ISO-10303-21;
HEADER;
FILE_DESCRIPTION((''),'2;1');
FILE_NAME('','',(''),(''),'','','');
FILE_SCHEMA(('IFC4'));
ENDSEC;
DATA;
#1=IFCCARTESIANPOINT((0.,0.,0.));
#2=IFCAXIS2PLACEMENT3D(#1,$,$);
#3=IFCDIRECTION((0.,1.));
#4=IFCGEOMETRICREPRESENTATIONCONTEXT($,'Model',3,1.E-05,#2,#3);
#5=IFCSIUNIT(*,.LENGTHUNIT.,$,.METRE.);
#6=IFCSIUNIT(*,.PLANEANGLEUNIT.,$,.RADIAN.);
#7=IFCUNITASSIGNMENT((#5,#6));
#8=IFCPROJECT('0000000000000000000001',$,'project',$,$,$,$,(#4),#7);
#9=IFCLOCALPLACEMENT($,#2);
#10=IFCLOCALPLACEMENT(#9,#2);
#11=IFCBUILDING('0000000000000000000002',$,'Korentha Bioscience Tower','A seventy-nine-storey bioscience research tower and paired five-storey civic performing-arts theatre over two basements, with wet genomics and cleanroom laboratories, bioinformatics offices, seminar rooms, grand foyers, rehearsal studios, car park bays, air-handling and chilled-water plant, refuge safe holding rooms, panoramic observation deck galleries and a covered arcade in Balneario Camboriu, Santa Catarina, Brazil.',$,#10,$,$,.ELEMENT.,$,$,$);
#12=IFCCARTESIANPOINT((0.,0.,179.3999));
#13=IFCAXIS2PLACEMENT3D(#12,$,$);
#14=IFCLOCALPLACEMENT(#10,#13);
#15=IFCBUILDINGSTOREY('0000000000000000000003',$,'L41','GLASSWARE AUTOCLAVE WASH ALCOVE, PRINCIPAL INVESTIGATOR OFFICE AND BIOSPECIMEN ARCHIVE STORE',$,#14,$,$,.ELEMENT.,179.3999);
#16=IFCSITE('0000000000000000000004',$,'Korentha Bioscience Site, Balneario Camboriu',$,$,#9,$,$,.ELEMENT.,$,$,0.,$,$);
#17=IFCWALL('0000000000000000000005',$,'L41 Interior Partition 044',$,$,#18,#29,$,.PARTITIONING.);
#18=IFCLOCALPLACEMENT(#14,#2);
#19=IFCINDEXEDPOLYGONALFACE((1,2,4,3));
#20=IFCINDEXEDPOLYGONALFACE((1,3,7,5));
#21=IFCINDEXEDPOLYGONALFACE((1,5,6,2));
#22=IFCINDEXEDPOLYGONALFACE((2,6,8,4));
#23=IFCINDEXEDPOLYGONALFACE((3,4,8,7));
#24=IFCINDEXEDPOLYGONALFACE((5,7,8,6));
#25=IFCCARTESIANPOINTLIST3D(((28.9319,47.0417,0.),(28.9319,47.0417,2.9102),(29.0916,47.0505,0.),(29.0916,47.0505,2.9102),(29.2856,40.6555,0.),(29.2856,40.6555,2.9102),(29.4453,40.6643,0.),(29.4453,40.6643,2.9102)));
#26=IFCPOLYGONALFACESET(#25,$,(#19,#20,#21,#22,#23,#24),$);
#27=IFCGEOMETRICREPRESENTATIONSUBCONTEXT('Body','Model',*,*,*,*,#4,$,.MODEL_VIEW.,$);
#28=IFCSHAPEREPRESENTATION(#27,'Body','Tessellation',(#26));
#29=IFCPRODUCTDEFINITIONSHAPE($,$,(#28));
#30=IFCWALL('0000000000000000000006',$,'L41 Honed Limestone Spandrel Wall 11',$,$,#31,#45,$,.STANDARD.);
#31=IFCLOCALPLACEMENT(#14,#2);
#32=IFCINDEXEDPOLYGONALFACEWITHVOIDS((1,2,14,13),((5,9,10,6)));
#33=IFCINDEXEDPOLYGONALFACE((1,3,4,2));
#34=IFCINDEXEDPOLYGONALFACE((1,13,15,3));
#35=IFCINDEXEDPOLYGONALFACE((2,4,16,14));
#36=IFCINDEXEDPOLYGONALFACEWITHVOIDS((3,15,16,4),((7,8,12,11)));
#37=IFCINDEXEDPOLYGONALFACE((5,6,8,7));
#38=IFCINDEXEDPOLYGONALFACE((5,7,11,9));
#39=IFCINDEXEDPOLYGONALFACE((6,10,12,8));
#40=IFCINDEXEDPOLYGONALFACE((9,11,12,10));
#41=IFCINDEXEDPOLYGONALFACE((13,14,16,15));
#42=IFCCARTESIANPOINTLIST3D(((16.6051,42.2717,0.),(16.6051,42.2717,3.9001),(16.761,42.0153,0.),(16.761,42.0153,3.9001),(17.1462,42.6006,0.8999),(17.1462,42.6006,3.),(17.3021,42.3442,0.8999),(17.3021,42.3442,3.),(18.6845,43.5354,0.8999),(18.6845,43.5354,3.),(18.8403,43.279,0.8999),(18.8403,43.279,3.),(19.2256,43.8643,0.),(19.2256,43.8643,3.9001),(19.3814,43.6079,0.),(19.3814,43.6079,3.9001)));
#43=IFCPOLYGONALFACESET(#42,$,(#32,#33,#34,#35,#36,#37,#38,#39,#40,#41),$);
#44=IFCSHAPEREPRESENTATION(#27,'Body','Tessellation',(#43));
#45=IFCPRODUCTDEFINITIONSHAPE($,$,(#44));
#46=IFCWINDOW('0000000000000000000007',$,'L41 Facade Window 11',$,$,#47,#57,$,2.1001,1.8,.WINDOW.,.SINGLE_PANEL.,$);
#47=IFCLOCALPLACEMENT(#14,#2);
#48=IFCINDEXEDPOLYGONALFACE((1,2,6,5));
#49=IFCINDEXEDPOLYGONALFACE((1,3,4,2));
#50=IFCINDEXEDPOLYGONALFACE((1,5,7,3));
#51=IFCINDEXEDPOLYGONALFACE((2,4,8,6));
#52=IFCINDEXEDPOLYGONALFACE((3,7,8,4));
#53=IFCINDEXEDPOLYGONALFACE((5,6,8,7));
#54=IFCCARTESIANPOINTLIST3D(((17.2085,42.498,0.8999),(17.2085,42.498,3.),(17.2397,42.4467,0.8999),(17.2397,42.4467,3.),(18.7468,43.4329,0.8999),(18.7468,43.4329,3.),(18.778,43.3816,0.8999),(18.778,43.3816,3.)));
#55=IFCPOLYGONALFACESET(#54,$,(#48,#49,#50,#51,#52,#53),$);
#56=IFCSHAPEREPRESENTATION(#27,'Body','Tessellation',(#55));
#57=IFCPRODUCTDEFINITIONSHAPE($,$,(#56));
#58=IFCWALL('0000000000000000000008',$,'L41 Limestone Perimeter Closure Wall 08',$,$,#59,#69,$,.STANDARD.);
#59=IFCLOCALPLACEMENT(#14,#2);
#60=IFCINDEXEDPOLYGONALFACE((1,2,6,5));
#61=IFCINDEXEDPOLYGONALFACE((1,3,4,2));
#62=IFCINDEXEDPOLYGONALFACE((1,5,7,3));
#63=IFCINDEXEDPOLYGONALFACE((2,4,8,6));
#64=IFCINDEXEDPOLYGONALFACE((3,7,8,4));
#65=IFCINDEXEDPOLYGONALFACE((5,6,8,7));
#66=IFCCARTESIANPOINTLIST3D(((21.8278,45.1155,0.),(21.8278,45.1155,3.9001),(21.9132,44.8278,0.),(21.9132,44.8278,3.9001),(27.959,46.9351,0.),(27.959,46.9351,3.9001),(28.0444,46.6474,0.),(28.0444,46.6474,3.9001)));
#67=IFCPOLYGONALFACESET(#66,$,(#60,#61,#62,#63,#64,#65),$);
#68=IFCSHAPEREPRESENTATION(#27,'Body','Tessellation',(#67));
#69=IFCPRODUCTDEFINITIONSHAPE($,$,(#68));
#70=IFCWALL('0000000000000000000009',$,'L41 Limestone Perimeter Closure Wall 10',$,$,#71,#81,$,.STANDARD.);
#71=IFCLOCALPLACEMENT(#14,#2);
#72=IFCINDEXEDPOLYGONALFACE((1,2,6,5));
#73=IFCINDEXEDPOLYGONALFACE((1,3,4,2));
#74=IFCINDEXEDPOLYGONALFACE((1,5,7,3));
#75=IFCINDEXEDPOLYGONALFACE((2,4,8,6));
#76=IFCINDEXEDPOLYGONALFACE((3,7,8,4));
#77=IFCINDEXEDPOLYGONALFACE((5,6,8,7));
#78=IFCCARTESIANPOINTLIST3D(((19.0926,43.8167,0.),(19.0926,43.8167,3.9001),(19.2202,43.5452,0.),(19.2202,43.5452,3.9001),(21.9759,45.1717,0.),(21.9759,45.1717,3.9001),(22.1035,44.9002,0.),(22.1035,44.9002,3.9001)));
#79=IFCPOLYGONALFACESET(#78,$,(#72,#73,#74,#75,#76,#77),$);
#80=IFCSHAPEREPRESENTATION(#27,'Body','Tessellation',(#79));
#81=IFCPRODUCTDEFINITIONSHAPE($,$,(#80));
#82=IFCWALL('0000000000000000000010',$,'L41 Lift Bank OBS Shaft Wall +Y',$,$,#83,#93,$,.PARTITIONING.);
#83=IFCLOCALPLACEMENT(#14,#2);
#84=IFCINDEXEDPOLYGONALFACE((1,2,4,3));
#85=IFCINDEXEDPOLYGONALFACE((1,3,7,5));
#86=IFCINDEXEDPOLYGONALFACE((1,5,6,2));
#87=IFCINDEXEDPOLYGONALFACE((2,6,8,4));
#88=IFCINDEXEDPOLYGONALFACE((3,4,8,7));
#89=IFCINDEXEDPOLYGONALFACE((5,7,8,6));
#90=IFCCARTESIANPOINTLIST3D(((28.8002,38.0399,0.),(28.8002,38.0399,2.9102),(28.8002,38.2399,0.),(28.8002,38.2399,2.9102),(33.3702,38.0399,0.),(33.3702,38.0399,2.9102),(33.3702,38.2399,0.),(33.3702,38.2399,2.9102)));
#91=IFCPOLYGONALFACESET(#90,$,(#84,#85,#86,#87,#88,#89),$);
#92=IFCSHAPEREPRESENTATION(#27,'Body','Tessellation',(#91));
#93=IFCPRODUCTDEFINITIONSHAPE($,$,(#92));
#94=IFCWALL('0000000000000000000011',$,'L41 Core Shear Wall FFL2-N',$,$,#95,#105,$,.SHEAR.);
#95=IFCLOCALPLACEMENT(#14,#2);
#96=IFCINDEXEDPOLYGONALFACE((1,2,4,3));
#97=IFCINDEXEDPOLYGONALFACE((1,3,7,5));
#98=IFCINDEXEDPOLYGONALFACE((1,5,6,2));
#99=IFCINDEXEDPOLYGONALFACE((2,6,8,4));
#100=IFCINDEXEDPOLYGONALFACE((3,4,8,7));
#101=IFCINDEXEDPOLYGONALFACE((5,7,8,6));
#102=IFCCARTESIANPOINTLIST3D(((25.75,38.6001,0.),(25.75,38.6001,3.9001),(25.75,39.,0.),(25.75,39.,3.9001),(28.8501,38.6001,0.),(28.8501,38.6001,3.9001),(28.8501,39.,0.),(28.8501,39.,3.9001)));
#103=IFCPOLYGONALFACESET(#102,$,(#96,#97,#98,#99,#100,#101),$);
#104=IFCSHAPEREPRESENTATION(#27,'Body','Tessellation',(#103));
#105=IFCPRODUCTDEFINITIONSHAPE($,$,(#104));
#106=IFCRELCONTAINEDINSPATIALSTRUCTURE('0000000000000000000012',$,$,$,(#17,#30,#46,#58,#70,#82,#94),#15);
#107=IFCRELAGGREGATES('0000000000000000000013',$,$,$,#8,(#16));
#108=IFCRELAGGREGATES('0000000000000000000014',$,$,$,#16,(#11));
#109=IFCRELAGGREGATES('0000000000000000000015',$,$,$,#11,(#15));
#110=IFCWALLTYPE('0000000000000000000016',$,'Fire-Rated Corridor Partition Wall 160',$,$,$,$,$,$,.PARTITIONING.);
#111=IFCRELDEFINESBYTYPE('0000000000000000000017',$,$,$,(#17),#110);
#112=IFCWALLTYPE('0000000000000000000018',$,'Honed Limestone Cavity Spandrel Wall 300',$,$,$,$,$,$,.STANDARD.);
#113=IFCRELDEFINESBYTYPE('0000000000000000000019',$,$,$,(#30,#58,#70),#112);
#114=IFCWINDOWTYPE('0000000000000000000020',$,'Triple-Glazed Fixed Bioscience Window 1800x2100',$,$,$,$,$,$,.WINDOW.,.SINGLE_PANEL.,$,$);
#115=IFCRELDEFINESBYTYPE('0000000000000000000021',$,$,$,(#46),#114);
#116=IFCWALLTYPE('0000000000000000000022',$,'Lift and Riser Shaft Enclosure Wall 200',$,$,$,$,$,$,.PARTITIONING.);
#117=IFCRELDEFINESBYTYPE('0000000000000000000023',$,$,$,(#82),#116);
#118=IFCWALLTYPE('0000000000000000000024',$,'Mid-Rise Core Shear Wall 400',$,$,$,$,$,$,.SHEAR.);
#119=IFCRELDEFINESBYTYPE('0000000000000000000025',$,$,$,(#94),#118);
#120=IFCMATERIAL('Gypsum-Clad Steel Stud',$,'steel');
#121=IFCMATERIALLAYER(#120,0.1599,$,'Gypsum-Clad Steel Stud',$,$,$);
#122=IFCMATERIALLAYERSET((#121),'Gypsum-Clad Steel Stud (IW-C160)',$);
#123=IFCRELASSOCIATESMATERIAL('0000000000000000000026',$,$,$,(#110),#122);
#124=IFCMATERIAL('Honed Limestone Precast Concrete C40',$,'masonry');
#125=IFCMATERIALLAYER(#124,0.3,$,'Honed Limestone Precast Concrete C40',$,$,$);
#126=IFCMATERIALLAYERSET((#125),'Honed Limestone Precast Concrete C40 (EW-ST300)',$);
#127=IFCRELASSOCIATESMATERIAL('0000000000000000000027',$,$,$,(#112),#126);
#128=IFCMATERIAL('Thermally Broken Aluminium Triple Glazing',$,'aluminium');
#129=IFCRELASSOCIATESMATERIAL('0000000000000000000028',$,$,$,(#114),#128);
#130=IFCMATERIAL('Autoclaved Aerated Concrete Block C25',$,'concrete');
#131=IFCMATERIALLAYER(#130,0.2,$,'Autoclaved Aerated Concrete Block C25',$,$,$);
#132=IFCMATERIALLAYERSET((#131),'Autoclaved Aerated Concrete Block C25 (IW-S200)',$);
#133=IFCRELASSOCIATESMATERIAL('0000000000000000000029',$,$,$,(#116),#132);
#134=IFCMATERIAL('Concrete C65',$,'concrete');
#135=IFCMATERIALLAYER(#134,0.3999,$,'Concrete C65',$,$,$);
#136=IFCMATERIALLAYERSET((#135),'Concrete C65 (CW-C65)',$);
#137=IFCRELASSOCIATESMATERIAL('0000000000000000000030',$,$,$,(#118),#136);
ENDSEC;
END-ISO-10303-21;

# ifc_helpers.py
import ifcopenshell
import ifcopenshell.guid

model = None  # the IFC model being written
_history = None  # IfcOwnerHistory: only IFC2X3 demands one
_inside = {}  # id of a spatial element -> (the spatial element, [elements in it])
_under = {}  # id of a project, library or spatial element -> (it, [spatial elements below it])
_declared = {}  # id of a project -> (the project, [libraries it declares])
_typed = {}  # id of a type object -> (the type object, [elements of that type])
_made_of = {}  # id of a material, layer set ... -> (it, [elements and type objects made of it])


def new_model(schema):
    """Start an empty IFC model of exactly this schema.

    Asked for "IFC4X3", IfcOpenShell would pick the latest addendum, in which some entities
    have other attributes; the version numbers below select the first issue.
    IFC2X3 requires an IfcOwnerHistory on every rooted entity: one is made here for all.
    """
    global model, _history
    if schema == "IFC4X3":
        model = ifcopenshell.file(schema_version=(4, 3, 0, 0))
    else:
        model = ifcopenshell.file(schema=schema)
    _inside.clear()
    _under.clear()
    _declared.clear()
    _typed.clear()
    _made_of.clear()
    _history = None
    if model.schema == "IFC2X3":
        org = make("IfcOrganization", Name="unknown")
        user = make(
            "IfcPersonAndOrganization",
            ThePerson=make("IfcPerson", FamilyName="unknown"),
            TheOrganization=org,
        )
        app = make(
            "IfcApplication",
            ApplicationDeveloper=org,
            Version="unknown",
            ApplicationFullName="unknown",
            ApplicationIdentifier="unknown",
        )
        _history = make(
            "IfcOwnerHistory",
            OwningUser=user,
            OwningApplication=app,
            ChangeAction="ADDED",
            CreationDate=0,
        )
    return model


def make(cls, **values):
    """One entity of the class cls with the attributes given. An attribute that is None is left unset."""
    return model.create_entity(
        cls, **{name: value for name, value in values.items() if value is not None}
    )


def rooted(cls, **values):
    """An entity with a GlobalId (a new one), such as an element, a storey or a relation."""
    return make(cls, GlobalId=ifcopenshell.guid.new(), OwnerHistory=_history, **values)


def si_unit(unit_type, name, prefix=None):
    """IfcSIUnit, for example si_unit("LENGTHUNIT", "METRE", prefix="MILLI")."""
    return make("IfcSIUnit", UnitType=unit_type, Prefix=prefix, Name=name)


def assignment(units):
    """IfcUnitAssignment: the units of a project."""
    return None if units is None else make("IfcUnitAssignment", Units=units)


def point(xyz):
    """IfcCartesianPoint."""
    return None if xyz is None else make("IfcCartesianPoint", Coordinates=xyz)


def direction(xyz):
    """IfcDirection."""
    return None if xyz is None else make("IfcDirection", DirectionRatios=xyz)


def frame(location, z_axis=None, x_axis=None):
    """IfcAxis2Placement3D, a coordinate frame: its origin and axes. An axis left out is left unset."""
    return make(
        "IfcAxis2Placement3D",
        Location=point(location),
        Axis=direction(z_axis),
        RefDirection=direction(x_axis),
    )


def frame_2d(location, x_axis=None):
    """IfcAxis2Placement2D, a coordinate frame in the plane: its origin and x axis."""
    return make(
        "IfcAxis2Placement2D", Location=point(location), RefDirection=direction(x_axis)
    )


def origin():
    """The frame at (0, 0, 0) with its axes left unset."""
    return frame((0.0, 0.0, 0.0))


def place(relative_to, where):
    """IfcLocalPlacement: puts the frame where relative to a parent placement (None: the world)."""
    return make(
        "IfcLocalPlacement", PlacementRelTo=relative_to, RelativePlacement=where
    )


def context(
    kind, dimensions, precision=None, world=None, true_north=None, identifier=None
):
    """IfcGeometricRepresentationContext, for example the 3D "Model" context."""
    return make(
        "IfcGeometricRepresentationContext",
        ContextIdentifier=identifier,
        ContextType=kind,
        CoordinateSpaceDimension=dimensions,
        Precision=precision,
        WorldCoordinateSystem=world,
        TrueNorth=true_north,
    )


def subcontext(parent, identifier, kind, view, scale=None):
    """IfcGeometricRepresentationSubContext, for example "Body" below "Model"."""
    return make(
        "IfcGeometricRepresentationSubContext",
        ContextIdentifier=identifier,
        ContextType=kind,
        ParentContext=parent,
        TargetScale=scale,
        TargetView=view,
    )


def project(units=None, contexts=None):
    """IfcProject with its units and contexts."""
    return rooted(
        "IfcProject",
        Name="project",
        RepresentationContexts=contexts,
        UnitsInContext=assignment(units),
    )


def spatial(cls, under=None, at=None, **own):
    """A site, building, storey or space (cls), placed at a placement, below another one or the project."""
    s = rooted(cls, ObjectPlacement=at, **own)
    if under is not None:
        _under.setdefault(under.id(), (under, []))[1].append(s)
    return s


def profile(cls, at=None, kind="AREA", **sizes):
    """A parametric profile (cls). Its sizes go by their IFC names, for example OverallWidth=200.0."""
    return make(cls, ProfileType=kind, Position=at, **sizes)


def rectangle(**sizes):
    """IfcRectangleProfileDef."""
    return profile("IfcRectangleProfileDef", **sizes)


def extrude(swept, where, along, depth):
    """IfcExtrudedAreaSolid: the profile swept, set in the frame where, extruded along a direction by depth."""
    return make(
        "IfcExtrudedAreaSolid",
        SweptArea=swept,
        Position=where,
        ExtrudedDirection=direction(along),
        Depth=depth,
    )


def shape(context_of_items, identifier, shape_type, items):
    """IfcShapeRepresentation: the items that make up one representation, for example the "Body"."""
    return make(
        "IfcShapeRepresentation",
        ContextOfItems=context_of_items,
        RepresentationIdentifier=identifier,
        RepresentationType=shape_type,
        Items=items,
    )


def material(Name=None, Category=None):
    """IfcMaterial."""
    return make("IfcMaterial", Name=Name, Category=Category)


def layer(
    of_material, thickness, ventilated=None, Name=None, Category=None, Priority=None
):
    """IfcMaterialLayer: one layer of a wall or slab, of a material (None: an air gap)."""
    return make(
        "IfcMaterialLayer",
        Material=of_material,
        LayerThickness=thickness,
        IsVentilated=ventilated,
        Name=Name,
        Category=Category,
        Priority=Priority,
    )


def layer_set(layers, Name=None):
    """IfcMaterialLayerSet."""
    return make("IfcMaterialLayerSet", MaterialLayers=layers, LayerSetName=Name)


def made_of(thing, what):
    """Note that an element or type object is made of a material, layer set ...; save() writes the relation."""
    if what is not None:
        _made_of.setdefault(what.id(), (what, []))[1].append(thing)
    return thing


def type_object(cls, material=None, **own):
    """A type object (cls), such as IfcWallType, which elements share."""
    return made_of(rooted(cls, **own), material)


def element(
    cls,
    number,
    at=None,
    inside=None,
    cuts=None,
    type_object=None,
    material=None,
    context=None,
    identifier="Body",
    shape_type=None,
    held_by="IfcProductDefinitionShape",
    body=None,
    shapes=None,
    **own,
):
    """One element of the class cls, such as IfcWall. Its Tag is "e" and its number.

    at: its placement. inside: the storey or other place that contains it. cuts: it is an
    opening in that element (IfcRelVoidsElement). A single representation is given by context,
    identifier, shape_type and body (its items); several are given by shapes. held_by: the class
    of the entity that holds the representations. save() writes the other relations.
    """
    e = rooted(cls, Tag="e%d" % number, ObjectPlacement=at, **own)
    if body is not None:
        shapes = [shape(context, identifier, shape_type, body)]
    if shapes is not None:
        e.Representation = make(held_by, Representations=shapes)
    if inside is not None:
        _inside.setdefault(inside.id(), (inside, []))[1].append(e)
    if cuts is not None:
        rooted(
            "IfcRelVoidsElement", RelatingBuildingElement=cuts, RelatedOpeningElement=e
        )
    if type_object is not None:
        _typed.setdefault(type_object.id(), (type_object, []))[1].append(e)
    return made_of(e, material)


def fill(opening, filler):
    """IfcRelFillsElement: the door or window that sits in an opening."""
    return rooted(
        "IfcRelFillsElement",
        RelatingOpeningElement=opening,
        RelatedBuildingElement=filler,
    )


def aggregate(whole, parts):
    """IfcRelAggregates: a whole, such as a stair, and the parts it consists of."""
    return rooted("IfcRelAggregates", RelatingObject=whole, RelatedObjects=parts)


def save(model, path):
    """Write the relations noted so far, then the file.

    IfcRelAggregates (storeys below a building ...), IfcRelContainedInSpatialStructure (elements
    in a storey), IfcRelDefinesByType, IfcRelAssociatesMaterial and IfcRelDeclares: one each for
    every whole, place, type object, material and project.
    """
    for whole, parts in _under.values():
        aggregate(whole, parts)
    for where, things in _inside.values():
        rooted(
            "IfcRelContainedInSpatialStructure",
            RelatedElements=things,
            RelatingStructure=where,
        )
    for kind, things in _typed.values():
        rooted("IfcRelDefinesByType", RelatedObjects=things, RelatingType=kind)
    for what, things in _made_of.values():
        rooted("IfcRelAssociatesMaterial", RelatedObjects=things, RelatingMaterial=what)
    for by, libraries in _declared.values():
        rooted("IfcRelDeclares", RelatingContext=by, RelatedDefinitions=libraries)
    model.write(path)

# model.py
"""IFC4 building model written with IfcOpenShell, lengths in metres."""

from ifc_helpers import new_model, si_unit, direction, frame, frame_2d, origin, place, context, subcontext, project, spatial, rectangle, extrude, material, layer, layer_set, type_object, element, fill, save


model = new_model("IFC4")

# Units and contexts
model_context = context("Model", 3, precision=1e-05, world=origin(), true_north=direction((0.0, 1.0)))
body_context = subcontext(model_context, "Body", "Model", "MODEL_VIEW")
ifc_project = project(units=[si_unit("LENGTHUNIT", "METRE"), si_unit("PLANEANGLEUNIT", "RADIAN")], contexts=[model_context])

# Site, building, storey
site_placement = place(None, origin())
site = spatial("IfcSite", under=ifc_project, at=site_placement, Name="Korentha Bioscience Site, Balneario Camboriu", CompositionType="ELEMENT", RefElevation=0.0)
building_placement = place(site_placement, origin())
building = spatial("IfcBuilding", under=site, at=building_placement, Name="Korentha Bioscience Tower", Description="A seventy-nine-storey bioscience research tower and paired five-storey civic performing-arts theatre over two basements, with wet genomics and cleanroom laboratories, bioinformatics offices, seminar rooms, grand foyers, rehearsal studios, car park bays, air-handling and chilled-water plant, refuge safe holding rooms, panoramic observation deck galleries and a covered arcade in Balneario Camboriu, Santa Catarina, Brazil.", CompositionType="ELEMENT")
storey_placement = place(building_placement, frame((0.0, 0.0, 179.3999)))
storey = spatial("IfcBuildingStorey", under=building, at=storey_placement, Name="L41", Description="GLASSWARE AUTOCLAVE WASH ALCOVE, PRINCIPAL INVESTIGATOR OFFICE AND BIOSPECIMEN ARCHIVE STORE", CompositionType="ELEMENT", Elevation=179.3999)

# Shared definitions
ifc_material_1 = material(Name="Concrete C65", Category="concrete")

# Wall
ifc_material_2 = material(Name="Gypsum-Clad Steel Stud", Category="steel")
ifc_layer_1 = layer(ifc_material_2, 0.1599, Name="Gypsum-Clad Steel Stud")
ifc_layer_set_1 = layer_set([ifc_layer_1], Name="Gypsum-Clad Steel Stud (IW-C160)")
wall_type_1 = type_object("IfcWallType", Name="Fire-Rated Corridor Partition Wall 160", PredefinedType="PARTITIONING", material=ifc_layer_set_1)
wall_1_placement = place(storey_placement, frame((29.3655, 40.6599, 0.0), z_axis=(0.0, 0.0, 1.0), x_axis=(-0.055309, 0.998469, 0.0)))
element("IfcWall", 1, at=wall_1_placement, inside=storey, type_object=wall_type_1, Name="L41 Interior Partition 044", PredefinedType="PARTITIONING", context=body_context, shape_type="SweptSolid", body=[
    extrude(rectangle(XDim=6.396, YDim=0.1599, at=frame_2d((3.198, 0.0))), origin(), (0.0, 0.0, 1.0), 2.9102),
])

# Wall, opening, window
ifc_material_3 = material(Name="Honed Limestone Precast Concrete C40", Category="masonry")
ifc_layer_2 = layer(ifc_material_3, 0.3, Name="Honed Limestone Precast Concrete C40")
ifc_layer_set_2 = layer_set([ifc_layer_2], Name="Honed Limestone Precast Concrete C40 (EW-ST300)")
wall_type_2 = type_object("IfcWallType", Name="Honed Limestone Cavity Spandrel Wall 300", PredefinedType="STANDARD", material=ifc_layer_set_2)
wall_2_placement = place(storey_placement, frame((19.3035, 43.7361, 0.0), z_axis=(0.0, 0.0, 1.0), x_axis=(-0.854557, -0.519358, 0.0)))
wall_2 = element("IfcWall", 2, at=wall_2_placement, inside=storey, type_object=wall_type_2, Name="L41 Honed Limestone Spandrel Wall 11", PredefinedType="STANDARD", context=body_context, shape_type="SweptSolid", body=[
    extrude(rectangle(XDim=3.0664, YDim=0.3, at=frame_2d((1.5332, 0.0))), origin(), (0.0, 0.0, 1.0), 3.9001),
])
opening_1_placement = place(wall_2_placement, frame((0.6333, 0.0, 0.8999)))
opening_1 = element("IfcOpeningElement", 3, at=opening_1_placement, cuts=wall_2, PredefinedType="OPENING", context=body_context, shape_type="SweptSolid", body=[
    extrude(rectangle(XDim=1.8, YDim=2.1001, at=frame_2d((0.8999, 1.05))), frame((0.0, 0.165, 0.0), z_axis=(0.0, -1.0, 0.0), x_axis=(1.0, 0.0, 0.0)), (0.0, 0.0, 1.0), 0.3298),
])
ifc_material_4 = material(Name="Thermally Broken Aluminium Triple Glazing", Category="aluminium")
window_type = type_object("IfcWindowType", Name="Triple-Glazed Fixed Bioscience Window 1800x2100", PartitioningType="SINGLE_PANEL", PredefinedType="WINDOW", material=ifc_material_4)
window_placement = place(opening_1_placement, origin())
window = element("IfcWindow", 4, at=window_placement, inside=storey, type_object=window_type, Name="L41 Facade Window 11", OverallHeight=2.1001, OverallWidth=1.8, PartitioningType="SINGLE_PANEL", PredefinedType="WINDOW", context=body_context, shape_type="SweptSolid", body=[
    extrude(rectangle(XDim=1.8, YDim=2.1001, at=frame_2d((0.8999, 1.05))), frame((0.0, 0.03, 0.0), z_axis=(0.0, -1.0, 0.0), x_axis=(1.0, 0.0, 0.0)), (0.0, 0.0, 1.0), 0.0601),
])
fill(opening_1, window)

# Walls
wall_3_placement = place(storey_placement, frame((28.0017, 46.7913, 0.0), z_axis=(0.0, 0.0, 1.0), x_axis=(-0.958672, -0.284513, 0.0)))
element("IfcWall", 5, at=wall_3_placement, inside=storey, type_object=wall_type_2, Name="L41 Limestone Perimeter Closure Wall 08", PredefinedType="STANDARD", context=body_context, shape_type="SweptSolid", body=[
    extrude(rectangle(XDim=6.3955, YDim=0.3, at=frame_2d((3.1978, 0.0))), origin(), (0.0, 0.0, 1.0), 3.9001),
])
wall_4_placement = place(storey_placement, frame((22.0396, 45.0359, 0.0), z_axis=(0.0, 0.0, 1.0), x_axis=(-0.905044, -0.425317, 0.0)))
element("IfcWall", 6, at=wall_4_placement, inside=storey, type_object=wall_type_2, Name="L41 Limestone Perimeter Closure Wall 10", PredefinedType="STANDARD", context=body_context, shape_type="SweptSolid", body=[
    extrude(rectangle(XDim=3.1858, YDim=0.3, at=frame_2d((1.5928, 0.0))), origin(), (0.0, 0.0, 1.0), 3.9001),
])
ifc_material_5 = material(Name="Autoclaved Aerated Concrete Block C25", Category="concrete")
ifc_layer_3 = layer(ifc_material_5, 0.2, Name="Autoclaved Aerated Concrete Block C25")
ifc_layer_set_3 = layer_set([ifc_layer_3], Name="Autoclaved Aerated Concrete Block C25 (IW-S200)")
wall_type_3 = type_object("IfcWallType", Name="Lift and Riser Shaft Enclosure Wall 200", PredefinedType="PARTITIONING", material=ifc_layer_set_3)
wall_5_placement = place(storey_placement, frame((28.8, 38.1399, 0.0), z_axis=(0.0, 0.0, 1.0), x_axis=(1.0, 0.0, 0.0)))
element("IfcWall", 7, at=wall_5_placement, inside=storey, type_object=wall_type_3, Name="L41 Lift Bank OBS Shaft Wall +Y", PredefinedType="PARTITIONING", context=body_context, shape_type="SweptSolid", body=[
    extrude(rectangle(XDim=4.5701, YDim=0.2, at=frame_2d((2.2852, 0.0))), origin(), (0.0, 0.0, 1.0), 2.9102),
])
ifc_layer_4 = layer(ifc_material_1, 0.3999, Name="Concrete C65")
ifc_layer_set_4 = layer_set([ifc_layer_4], Name="Concrete C65 (CW-C65)")
wall_type_4 = type_object("IfcWallType", Name="Mid-Rise Core Shear Wall 400", PredefinedType="SHEAR", material=ifc_layer_set_4)
wall_6_placement = place(storey_placement, frame((25.75, 38.8, 0.0), z_axis=(0.0, 0.0, 1.0), x_axis=(1.0, 0.0, 0.0)))
element("IfcWall", 8, at=wall_6_placement, inside=storey, type_object=wall_type_4, Name="L41 Core Shear Wall FFL2-N", PredefinedType="SHEAR", context=body_context, shape_type="SweptSolid", body=[
    extrude(rectangle(XDim=3.1001, YDim=0.3999, at=frame_2d((1.55, 0.0))), origin(), (0.0, 0.0, 1.0), 3.9001),
])

save(model, "model.ifc")
